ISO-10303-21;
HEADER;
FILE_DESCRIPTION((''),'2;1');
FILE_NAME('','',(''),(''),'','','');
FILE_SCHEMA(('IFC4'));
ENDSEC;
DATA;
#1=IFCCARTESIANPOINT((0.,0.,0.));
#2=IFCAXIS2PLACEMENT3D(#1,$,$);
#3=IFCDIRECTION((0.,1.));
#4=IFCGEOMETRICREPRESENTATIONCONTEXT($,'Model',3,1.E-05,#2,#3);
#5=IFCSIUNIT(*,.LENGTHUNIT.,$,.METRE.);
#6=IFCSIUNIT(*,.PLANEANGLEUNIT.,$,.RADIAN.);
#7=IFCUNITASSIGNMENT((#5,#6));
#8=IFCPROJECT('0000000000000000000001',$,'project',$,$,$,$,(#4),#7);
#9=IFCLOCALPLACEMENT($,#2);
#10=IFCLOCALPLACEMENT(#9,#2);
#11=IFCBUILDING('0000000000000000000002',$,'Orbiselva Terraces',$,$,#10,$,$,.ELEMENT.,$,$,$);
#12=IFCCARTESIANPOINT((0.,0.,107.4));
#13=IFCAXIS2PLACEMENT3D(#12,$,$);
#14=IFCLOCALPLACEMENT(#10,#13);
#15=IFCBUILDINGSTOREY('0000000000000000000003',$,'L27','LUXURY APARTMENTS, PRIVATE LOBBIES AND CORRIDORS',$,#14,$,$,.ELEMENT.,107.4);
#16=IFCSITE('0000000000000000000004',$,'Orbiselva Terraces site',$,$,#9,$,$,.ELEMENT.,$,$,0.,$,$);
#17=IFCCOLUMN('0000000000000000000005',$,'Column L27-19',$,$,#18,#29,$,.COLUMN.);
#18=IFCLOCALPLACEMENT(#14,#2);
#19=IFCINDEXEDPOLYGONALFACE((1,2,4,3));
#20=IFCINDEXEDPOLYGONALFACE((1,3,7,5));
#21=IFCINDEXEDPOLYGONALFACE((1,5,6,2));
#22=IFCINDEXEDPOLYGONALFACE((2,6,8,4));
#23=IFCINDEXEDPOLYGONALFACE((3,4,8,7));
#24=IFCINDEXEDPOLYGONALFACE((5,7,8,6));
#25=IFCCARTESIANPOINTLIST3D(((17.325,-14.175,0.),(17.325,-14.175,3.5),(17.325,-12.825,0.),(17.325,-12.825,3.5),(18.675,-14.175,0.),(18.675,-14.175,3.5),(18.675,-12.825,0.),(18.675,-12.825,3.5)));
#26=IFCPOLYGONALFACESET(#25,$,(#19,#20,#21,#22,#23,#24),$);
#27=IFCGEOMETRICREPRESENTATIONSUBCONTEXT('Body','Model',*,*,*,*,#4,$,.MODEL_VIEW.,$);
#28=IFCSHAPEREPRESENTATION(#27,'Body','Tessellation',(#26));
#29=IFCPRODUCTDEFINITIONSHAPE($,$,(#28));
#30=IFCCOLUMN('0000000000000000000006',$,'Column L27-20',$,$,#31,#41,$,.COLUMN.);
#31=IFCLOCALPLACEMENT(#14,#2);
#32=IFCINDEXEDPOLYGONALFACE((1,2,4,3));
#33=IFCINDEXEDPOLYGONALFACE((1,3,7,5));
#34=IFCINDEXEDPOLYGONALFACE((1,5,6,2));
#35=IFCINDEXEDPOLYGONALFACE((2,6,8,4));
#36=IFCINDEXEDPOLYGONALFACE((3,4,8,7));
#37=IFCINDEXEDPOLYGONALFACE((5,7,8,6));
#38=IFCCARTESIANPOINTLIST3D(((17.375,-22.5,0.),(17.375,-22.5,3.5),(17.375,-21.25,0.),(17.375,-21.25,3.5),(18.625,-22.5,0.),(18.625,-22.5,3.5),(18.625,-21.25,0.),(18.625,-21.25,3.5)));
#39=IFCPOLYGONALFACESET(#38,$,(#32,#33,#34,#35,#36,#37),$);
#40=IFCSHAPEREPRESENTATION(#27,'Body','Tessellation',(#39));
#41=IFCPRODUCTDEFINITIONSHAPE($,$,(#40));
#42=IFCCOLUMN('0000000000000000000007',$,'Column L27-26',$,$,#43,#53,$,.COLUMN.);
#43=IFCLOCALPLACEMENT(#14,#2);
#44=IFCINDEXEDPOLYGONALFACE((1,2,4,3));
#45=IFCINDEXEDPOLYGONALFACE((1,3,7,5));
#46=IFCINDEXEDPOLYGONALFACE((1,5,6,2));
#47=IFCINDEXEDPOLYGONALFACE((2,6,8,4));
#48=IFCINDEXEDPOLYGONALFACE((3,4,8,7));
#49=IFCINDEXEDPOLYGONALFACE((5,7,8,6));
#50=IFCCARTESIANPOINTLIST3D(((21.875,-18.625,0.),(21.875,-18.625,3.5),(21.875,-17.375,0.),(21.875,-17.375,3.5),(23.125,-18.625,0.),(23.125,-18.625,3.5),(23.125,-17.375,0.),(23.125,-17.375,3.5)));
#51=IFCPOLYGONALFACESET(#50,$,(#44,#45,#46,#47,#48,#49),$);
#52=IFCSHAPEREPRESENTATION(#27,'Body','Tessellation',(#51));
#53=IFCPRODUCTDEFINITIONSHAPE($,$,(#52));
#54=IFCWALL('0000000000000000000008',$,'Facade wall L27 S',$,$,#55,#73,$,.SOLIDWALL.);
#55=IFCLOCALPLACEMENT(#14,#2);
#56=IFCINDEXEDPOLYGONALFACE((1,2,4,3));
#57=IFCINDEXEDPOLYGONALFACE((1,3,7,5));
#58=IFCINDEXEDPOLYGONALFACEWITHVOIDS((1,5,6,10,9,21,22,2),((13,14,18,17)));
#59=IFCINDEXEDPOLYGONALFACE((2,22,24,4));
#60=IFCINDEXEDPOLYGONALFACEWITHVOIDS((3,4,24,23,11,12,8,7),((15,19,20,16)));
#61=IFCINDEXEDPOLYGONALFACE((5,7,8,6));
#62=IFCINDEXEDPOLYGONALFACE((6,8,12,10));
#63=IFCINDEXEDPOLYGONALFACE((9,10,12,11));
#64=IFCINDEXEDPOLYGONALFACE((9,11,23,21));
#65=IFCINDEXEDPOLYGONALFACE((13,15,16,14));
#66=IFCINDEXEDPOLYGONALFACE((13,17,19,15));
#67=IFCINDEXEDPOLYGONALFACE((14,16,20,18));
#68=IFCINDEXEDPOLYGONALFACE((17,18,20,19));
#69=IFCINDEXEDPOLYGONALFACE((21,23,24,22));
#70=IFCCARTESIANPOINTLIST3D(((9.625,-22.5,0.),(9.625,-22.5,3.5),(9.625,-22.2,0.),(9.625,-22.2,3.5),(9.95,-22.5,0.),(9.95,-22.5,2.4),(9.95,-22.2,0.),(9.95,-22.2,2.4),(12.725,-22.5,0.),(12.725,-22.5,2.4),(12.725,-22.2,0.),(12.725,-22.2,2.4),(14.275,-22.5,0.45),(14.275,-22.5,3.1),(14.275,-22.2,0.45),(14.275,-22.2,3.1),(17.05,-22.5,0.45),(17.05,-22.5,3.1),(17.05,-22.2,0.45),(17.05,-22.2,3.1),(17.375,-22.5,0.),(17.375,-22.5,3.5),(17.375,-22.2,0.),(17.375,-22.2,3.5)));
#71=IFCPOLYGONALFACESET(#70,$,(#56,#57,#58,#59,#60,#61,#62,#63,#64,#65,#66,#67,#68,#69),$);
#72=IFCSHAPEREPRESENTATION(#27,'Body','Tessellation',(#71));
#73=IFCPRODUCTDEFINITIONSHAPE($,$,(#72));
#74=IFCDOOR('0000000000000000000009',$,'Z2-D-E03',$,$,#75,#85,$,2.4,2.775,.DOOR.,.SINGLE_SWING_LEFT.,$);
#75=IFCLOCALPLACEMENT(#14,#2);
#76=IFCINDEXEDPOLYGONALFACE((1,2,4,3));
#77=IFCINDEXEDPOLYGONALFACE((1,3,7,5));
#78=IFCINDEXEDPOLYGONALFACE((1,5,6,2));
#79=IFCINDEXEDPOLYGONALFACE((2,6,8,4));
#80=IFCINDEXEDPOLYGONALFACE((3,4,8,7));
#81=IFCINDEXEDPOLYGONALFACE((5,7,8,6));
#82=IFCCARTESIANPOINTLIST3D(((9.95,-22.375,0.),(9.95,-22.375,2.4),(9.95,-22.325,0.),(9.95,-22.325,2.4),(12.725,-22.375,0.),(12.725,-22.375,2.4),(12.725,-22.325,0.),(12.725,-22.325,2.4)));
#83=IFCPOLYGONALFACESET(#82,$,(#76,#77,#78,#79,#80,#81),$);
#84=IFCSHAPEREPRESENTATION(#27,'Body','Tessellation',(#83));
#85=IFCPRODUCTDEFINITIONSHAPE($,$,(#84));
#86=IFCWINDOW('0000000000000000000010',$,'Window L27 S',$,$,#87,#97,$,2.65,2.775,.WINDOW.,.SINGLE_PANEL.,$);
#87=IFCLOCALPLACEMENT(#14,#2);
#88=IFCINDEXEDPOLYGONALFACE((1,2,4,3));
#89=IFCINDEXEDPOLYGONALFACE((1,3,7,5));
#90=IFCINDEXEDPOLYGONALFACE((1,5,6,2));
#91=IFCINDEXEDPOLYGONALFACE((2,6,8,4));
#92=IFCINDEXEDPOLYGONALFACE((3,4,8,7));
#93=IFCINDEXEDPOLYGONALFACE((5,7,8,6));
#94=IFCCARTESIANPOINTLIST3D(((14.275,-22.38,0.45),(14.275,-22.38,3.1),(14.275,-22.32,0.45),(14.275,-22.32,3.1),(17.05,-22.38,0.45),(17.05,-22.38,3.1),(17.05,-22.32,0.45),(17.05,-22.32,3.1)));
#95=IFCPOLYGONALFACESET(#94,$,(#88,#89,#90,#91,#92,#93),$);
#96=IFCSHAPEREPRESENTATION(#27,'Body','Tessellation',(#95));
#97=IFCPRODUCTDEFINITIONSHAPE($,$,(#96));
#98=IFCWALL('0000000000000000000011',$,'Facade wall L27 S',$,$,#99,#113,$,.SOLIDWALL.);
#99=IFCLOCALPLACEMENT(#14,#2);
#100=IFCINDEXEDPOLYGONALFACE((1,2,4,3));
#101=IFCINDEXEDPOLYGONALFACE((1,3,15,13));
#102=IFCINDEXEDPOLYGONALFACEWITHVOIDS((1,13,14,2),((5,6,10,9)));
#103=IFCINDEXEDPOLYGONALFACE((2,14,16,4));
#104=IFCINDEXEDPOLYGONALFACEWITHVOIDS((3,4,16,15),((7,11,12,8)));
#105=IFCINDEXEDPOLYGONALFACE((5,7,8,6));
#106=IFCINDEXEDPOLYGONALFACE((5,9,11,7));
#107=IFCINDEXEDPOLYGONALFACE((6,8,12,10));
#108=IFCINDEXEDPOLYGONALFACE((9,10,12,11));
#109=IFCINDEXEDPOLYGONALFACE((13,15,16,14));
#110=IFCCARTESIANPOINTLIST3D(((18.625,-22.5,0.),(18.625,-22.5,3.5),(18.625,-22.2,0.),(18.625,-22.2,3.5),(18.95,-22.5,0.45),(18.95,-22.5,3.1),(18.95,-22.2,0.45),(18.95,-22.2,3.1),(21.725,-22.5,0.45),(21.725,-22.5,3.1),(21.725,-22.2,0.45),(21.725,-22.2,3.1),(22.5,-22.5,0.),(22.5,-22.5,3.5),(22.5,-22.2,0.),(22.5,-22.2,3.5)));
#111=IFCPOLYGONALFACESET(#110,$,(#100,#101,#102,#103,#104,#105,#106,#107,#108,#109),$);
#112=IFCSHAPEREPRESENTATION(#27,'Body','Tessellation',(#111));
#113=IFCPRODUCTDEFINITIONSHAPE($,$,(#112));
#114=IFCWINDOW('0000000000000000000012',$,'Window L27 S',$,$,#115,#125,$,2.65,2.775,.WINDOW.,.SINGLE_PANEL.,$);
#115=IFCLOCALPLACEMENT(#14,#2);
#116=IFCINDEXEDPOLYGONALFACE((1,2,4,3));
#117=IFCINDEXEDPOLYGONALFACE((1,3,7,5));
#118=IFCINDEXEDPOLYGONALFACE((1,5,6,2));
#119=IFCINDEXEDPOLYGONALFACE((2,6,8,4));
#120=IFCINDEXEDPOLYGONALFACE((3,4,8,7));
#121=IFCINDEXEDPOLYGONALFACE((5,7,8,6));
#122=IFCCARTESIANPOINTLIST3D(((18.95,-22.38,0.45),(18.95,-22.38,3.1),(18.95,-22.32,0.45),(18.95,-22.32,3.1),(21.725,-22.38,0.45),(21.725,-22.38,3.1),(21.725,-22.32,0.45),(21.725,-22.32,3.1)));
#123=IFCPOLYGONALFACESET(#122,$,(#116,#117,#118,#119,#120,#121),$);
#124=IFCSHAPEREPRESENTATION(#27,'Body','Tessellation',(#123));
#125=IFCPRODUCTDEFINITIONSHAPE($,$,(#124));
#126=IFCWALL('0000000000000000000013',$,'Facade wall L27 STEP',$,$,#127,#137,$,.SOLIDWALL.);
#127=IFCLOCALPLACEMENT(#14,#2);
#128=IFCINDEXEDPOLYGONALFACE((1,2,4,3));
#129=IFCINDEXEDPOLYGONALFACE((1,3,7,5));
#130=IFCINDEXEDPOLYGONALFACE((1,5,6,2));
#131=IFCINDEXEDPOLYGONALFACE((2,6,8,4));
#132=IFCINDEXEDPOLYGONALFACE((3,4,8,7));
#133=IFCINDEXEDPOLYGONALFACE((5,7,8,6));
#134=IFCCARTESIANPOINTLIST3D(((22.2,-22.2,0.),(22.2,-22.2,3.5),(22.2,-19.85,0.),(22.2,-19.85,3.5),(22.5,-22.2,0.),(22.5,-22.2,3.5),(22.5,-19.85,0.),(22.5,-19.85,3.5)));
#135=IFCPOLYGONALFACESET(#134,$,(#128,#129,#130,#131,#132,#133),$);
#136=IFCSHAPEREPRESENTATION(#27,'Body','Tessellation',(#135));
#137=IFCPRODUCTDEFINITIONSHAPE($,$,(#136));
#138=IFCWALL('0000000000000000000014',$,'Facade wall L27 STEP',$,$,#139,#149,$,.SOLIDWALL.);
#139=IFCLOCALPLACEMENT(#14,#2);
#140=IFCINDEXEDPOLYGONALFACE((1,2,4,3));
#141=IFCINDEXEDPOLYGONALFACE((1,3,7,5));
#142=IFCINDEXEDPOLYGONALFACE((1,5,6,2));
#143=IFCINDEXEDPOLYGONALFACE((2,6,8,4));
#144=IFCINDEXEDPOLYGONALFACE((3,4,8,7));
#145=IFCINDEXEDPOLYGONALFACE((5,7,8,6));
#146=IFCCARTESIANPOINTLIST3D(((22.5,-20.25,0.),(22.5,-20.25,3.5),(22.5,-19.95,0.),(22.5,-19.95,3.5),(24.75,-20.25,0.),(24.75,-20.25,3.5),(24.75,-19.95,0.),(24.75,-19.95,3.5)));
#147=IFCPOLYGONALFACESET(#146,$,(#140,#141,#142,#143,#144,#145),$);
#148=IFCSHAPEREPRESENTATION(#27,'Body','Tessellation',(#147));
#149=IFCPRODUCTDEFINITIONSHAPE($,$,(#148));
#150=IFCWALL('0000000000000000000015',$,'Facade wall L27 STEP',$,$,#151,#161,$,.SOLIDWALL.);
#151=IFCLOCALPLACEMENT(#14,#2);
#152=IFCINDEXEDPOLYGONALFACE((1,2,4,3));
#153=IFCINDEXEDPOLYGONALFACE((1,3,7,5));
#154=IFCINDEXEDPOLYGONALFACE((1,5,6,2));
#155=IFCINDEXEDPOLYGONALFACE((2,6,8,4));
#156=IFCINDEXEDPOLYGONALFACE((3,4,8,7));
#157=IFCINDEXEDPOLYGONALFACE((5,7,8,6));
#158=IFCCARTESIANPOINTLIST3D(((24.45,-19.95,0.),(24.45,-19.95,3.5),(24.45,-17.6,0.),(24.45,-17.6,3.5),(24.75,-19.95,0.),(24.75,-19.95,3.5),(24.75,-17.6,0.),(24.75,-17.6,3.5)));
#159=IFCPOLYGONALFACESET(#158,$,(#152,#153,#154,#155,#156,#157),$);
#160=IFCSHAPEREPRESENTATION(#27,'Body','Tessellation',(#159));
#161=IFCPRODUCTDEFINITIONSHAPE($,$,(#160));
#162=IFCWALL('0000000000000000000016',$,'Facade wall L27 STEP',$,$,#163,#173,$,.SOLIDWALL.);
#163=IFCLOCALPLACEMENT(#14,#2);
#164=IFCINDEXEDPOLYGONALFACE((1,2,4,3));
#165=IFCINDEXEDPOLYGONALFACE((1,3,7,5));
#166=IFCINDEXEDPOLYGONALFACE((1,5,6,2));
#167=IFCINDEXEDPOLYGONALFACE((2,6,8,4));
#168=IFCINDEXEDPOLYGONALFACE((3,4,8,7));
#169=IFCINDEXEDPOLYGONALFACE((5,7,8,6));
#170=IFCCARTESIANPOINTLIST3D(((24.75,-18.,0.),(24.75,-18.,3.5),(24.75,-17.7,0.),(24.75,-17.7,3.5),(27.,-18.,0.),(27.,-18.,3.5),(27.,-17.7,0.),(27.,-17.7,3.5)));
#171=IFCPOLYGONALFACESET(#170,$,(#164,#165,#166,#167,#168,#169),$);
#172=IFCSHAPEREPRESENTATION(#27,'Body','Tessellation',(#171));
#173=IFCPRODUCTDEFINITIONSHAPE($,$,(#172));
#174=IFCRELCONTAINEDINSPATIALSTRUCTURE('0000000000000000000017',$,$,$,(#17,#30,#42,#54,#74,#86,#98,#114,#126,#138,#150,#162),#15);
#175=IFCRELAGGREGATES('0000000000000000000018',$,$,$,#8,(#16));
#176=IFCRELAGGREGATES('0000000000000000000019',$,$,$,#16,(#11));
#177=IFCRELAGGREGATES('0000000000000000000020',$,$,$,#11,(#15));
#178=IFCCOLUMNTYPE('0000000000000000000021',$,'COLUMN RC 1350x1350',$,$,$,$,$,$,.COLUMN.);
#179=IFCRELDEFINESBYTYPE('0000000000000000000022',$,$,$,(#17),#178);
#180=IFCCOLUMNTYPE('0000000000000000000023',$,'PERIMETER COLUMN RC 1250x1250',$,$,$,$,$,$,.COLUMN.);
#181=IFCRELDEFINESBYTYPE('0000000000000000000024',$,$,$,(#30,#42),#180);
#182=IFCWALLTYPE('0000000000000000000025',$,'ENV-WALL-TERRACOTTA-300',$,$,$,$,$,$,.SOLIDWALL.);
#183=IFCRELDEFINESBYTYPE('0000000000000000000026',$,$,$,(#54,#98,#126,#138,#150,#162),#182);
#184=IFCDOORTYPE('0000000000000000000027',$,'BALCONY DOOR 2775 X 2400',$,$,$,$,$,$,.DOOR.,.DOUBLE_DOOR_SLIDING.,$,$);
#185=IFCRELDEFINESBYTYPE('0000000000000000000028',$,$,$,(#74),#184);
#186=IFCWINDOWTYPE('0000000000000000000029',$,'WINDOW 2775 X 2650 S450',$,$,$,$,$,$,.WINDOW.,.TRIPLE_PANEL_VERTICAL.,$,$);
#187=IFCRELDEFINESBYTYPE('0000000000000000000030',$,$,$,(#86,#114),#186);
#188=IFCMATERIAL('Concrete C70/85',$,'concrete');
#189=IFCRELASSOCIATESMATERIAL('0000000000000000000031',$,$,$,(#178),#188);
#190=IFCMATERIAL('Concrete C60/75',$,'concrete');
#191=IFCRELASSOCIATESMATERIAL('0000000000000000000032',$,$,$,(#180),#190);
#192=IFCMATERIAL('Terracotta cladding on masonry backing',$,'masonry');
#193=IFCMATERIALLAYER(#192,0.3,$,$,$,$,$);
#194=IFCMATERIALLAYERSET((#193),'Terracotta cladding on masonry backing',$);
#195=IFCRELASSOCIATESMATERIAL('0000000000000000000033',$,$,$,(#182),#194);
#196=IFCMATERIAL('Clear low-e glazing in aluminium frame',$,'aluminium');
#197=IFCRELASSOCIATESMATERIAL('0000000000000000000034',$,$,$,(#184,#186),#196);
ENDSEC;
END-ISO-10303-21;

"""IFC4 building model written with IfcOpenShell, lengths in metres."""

from ifc_helpers import new_model, si_unit, direction, frame, frame_2d, origin, origin_2d, place, context, subcontext, project, spatial, rectangle, extrude, material, layer, layer_set, material_profile, profile_set, type_object, element, fill, save


model = new_model("IFC4")

# Units and contexts
model_context = context("Model", 3, precision=1e-05, world=origin(), true_north=direction((0.0, 1.0)))
body_context = subcontext(model_context, "Body", "Model", "MODEL_VIEW")
ifc_project = project(units=[si_unit("LENGTHUNIT", "METRE"), si_unit("PLANEANGLEUNIT", "RADIAN")], contexts=[model_context])

# Site, building, storey
site_placement = place(None, origin())
site = spatial("IfcSite", under=ifc_project, at=site_placement, Name="Orbiselva Terraces site", CompositionType="ELEMENT", RefElevation=0.0)
building_placement = place(site_placement, origin())
building = spatial("IfcBuilding", under=site, at=building_placement, Name="Orbiselva Terraces", CompositionType="ELEMENT")
storey_placement = place(building_placement, frame((0.0, 0.0, 107.4)))
storey = spatial("IfcBuildingStorey", under=building, at=storey_placement, Name="L27", Description="LUXURY APARTMENTS, PRIVATE LOBBIES AND CORRIDORS", CompositionType="ELEMENT", Elevation=107.4)

# Columns
ifc_material_1 = material(Name="Concrete C70/85", Category="concrete")
ifc_material_profile_1 = material_profile(ifc_material_1, rectangle(XDim=1.35, YDim=1.35, at=origin_2d()), Name="RC 1350x1350")
ifc_profile_set_1 = profile_set([ifc_material_profile_1], Name="Concrete C70/85")
column_type_1 = type_object("IfcColumnType", Name="COLUMN RC 1350x1350", PredefinedType="COLUMN", material=ifc_profile_set_1)
column_placement = place(storey_placement, frame((18.0, -13.5, 0.0), z_axis=(0.0, 0.0, 1.0), x_axis=(1.0, 0.0, 0.0)))
element("IfcColumn", 1, at=column_placement, inside=storey, type_object=column_type_1, Name="Column L27-19", PredefinedType="COLUMN", context=body_context, shape_type="SweptSolid", body=[
    extrude(rectangle(XDim=1.35, YDim=1.35, at=origin_2d()), origin(), (0.0, 0.0, 1.0), 3.5),
])
ifc_material_2 = material(Name="Concrete C60/75", Category="concrete")
ifc_material_profile_2 = material_profile(ifc_material_2, rectangle(XDim=1.25, YDim=1.25, at=origin_2d()), Name="RC 1250x1250")
ifc_profile_set_2 = profile_set([ifc_material_profile_2], Name="Concrete C60/75")
column_type_2 = type_object("IfcColumnType", Name="PERIMETER COLUMN RC 1250x1250", PredefinedType="COLUMN", material=ifc_profile_set_2)
for number, where, z_axis, x_axis, name in (
    (2, (18.0, -21.875, 0.0), (0.0, 0.0, 1.0), (1.0, 0.0, 0.0), "Column L27-20"),
    (3, (22.5, -18.0, 0.0), (0.0, 0.0, 1.0), (1.0, 0.0, 0.0), "Column L27-26"),
):
    element("IfcColumn", number, at=place(storey_placement, frame(where, z_axis=z_axis, x_axis=x_axis)), inside=storey, type_object=column_type_2, Name=name, PredefinedType="COLUMN", context=body_context, shape_type="SweptSolid", body=[
        extrude(rectangle(XDim=1.25, YDim=1.25, at=origin_2d()), origin(), (0.0, 0.0, 1.0), 3.5),
    ])

# Wall, openings, door, window
ifc_material_3 = material(Name="Terracotta cladding on masonry backing", Category="masonry")
ifc_layer_1 = layer(ifc_material_3, 0.3)
ifc_layer_set_1 = layer_set([ifc_layer_1], Name="Terracotta cladding on masonry backing")
wall_type_1 = type_object("IfcWallType", Name="ENV-WALL-TERRACOTTA-300", PredefinedType="SOLIDWALL", material=ifc_layer_set_1)
wall_1_placement = place(storey_placement, frame((17.375, -22.35, 0.0), z_axis=(0.0, 0.0, 1.0), x_axis=(-1.0, 0.0, 0.0)))
wall_1 = element("IfcWall", 4, at=wall_1_placement, inside=storey, type_object=wall_type_1, Name="Facade wall L27 S", PredefinedType="SOLIDWALL", context=body_context, shape_type="SweptSolid", body=[
    extrude(rectangle(XDim=7.75, YDim=0.3, at=frame_2d((3.875, 0.0))), origin(), (0.0, 0.0, 1.0), 3.5),
])
opening_1_placement = place(wall_1_placement, frame((4.65, 0.0, 0.0)))
opening_1 = element("IfcOpeningElement", 5, at=opening_1_placement, cuts=wall_1, PredefinedType="OPENING", context=body_context, shape_type="SweptSolid", body=[
    extrude(rectangle(XDim=2.775, YDim=2.4, at=frame_2d((1.3875, 1.2))), frame((0.0, 0.16, 0.0), z_axis=(0.0, -1.0, 0.0), x_axis=(1.0, 0.0, 0.0)), (0.0, 0.0, 1.0), 0.32),
])
opening_2_placement = place(wall_1_placement, frame((0.325, 0.0, 0.45)))
opening_2 = element("IfcOpeningElement", 6, at=opening_2_placement, cuts=wall_1, PredefinedType="OPENING", context=body_context, shape_type="SweptSolid", body=[
    extrude(rectangle(XDim=2.775, YDim=2.65, at=frame_2d((1.3875, 1.325))), frame((0.0, 0.16, 0.0), z_axis=(0.0, -1.0, 0.0), x_axis=(1.0, 0.0, 0.0)), (0.0, 0.0, 1.0), 0.32),
])
ifc_material_4 = material(Name="Clear low-e glazing in aluminium frame", Category="aluminium")
door_type_1 = type_object("IfcDoorType", Name="BALCONY DOOR 2775 X 2400", OperationType="DOUBLE_DOOR_SLIDING", PredefinedType="DOOR", material=ifc_material_4)
door_1_placement = place(opening_1_placement, origin())
door_1 = element("IfcDoor", 7, at=door_1_placement, inside=storey, type_object=door_type_1, Name="Z2-D-E03", OperationType="SINGLE_SWING_LEFT", OverallHeight=2.4, OverallWidth=2.775, PredefinedType="DOOR", context=body_context, shape_type="SweptSolid", body=[
    extrude(rectangle(XDim=2.775, YDim=2.4, at=frame_2d((1.3875, 1.2))), frame((0.0, 0.025, 0.0), z_axis=(0.0, -1.0, 0.0), x_axis=(1.0, 0.0, 0.0)), (0.0, 0.0, 1.0), 0.05),
])
fill(opening_1, door_1)
window_type = type_object("IfcWindowType", Name="WINDOW 2775 X 2650 S450", PartitioningType="TRIPLE_PANEL_VERTICAL", PredefinedType="WINDOW", material=ifc_material_4)
window_1_placement = place(opening_2_placement, origin())
window_1 = element("IfcWindow", 8, at=window_1_placement, inside=storey, type_object=window_type, Name="Window L27 S", OverallHeight=2.65, OverallWidth=2.775, PartitioningType="SINGLE_PANEL", PredefinedType="WINDOW", context=body_context, shape_type="SweptSolid", body=[
    extrude(rectangle(XDim=2.775, YDim=2.65, at=frame_2d((1.3875, 1.325))), frame((0.0, 0.03, 0.0), z_axis=(0.0, -1.0, 0.0), x_axis=(1.0, 0.0, 0.0)), (0.0, 0.0, 1.0), 0.06),
])
fill(opening_2, window_1)

# Wall, opening, window
wall_2_placement = place(storey_placement, frame((22.5, -22.35, 0.0), z_axis=(0.0, 0.0, 1.0), x_axis=(-1.0, 0.0, 0.0)))
wall_2 = element("IfcWall", 9, at=wall_2_placement, inside=storey, type_object=wall_type_1, Name="Facade wall L27 S", PredefinedType="SOLIDWALL", context=body_context, shape_type="SweptSolid", body=[
    extrude(rectangle(XDim=3.875, YDim=0.3, at=frame_2d((1.9375, 0.0))), origin(), (0.0, 0.0, 1.0), 3.5),
])
opening_3_placement = place(wall_2_placement, frame((0.775, 0.0, 0.45)))
opening_3 = element("IfcOpeningElement", 10, at=opening_3_placement, cuts=wall_2, PredefinedType="OPENING", context=body_context, shape_type="SweptSolid", body=[
    extrude(rectangle(XDim=2.775, YDim=2.65, at=frame_2d((1.3875, 1.325))), frame((0.0, 0.16, 0.0), z_axis=(0.0, -1.0, 0.0), x_axis=(1.0, 0.0, 0.0)), (0.0, 0.0, 1.0), 0.32),
])
window_2_placement = place(opening_3_placement, origin())
window_2 = element("IfcWindow", 11, at=window_2_placement, inside=storey, type_object=window_type, Name="Window L27 S", OverallHeight=2.65, OverallWidth=2.775, PartitioningType="SINGLE_PANEL", PredefinedType="WINDOW", context=body_context, shape_type="SweptSolid", body=[
    extrude(rectangle(XDim=2.775, YDim=2.65, at=frame_2d((1.3875, 1.325))), frame((0.0, 0.03, 0.0), z_axis=(0.0, -1.0, 0.0), x_axis=(1.0, 0.0, 0.0)), (0.0, 0.0, 1.0), 0.06),
])
fill(opening_3, window_2)

# Walls
wall_3_placement = place(storey_placement, frame((22.35, -19.85, 0.0), z_axis=(0.0, 0.0, 1.0), x_axis=(0.0, -1.0, 0.0)))
element("IfcWall", 12, at=wall_3_placement, inside=storey, type_object=wall_type_1, Name="Facade wall L27 STEP", PredefinedType="SOLIDWALL", context=body_context, shape_type="SweptSolid", body=[
    extrude(rectangle(XDim=2.35, YDim=0.3, at=frame_2d((1.175, 0.0))), origin(), (0.0, 0.0, 1.0), 3.5),
])
wall_4_placement = place(storey_placement, frame((24.75, -20.1, 0.0), z_axis=(0.0, 0.0, 1.0), x_axis=(-1.0, 0.0, 0.0)))
element("IfcWall", 13, at=wall_4_placement, inside=storey, type_object=wall_type_1, Name="Facade wall L27 STEP", PredefinedType="SOLIDWALL", context=body_context, shape_type="SweptSolid", body=[
    extrude(rectangle(XDim=2.25, YDim=0.3, at=frame_2d((1.125, 0.0))), origin(), (0.0, 0.0, 1.0), 3.5),
])
wall_5_placement = place(storey_placement, frame((24.6, -17.6, 0.0), z_axis=(0.0, 0.0, 1.0), x_axis=(0.0, -1.0, 0.0)))
element("IfcWall", 14, at=wall_5_placement, inside=storey, type_object=wall_type_1, Name="Facade wall L27 STEP", PredefinedType="SOLIDWALL", context=body_context, shape_type="SweptSolid", body=[
    extrude(rectangle(XDim=2.35, YDim=0.3, at=frame_2d((1.175, 0.0))), origin(), (0.0, 0.0, 1.0), 3.5),
])
wall_6_placement = place(storey_placement, frame((27.0, -17.85, 0.0), z_axis=(0.0, 0.0, 1.0), x_axis=(-1.0, 0.0, 0.0)))
element("IfcWall", 15, at=wall_6_placement, inside=storey, type_object=wall_type_1, Name="Facade wall L27 STEP", PredefinedType="SOLIDWALL", context=body_context, shape_type="SweptSolid", body=[
    extrude(rectangle(XDim=2.25, YDim=0.3, at=frame_2d((1.125, 0.0))), origin(), (0.0, 0.0, 1.0), 3.5),
])

save(model, "model.ifc")
